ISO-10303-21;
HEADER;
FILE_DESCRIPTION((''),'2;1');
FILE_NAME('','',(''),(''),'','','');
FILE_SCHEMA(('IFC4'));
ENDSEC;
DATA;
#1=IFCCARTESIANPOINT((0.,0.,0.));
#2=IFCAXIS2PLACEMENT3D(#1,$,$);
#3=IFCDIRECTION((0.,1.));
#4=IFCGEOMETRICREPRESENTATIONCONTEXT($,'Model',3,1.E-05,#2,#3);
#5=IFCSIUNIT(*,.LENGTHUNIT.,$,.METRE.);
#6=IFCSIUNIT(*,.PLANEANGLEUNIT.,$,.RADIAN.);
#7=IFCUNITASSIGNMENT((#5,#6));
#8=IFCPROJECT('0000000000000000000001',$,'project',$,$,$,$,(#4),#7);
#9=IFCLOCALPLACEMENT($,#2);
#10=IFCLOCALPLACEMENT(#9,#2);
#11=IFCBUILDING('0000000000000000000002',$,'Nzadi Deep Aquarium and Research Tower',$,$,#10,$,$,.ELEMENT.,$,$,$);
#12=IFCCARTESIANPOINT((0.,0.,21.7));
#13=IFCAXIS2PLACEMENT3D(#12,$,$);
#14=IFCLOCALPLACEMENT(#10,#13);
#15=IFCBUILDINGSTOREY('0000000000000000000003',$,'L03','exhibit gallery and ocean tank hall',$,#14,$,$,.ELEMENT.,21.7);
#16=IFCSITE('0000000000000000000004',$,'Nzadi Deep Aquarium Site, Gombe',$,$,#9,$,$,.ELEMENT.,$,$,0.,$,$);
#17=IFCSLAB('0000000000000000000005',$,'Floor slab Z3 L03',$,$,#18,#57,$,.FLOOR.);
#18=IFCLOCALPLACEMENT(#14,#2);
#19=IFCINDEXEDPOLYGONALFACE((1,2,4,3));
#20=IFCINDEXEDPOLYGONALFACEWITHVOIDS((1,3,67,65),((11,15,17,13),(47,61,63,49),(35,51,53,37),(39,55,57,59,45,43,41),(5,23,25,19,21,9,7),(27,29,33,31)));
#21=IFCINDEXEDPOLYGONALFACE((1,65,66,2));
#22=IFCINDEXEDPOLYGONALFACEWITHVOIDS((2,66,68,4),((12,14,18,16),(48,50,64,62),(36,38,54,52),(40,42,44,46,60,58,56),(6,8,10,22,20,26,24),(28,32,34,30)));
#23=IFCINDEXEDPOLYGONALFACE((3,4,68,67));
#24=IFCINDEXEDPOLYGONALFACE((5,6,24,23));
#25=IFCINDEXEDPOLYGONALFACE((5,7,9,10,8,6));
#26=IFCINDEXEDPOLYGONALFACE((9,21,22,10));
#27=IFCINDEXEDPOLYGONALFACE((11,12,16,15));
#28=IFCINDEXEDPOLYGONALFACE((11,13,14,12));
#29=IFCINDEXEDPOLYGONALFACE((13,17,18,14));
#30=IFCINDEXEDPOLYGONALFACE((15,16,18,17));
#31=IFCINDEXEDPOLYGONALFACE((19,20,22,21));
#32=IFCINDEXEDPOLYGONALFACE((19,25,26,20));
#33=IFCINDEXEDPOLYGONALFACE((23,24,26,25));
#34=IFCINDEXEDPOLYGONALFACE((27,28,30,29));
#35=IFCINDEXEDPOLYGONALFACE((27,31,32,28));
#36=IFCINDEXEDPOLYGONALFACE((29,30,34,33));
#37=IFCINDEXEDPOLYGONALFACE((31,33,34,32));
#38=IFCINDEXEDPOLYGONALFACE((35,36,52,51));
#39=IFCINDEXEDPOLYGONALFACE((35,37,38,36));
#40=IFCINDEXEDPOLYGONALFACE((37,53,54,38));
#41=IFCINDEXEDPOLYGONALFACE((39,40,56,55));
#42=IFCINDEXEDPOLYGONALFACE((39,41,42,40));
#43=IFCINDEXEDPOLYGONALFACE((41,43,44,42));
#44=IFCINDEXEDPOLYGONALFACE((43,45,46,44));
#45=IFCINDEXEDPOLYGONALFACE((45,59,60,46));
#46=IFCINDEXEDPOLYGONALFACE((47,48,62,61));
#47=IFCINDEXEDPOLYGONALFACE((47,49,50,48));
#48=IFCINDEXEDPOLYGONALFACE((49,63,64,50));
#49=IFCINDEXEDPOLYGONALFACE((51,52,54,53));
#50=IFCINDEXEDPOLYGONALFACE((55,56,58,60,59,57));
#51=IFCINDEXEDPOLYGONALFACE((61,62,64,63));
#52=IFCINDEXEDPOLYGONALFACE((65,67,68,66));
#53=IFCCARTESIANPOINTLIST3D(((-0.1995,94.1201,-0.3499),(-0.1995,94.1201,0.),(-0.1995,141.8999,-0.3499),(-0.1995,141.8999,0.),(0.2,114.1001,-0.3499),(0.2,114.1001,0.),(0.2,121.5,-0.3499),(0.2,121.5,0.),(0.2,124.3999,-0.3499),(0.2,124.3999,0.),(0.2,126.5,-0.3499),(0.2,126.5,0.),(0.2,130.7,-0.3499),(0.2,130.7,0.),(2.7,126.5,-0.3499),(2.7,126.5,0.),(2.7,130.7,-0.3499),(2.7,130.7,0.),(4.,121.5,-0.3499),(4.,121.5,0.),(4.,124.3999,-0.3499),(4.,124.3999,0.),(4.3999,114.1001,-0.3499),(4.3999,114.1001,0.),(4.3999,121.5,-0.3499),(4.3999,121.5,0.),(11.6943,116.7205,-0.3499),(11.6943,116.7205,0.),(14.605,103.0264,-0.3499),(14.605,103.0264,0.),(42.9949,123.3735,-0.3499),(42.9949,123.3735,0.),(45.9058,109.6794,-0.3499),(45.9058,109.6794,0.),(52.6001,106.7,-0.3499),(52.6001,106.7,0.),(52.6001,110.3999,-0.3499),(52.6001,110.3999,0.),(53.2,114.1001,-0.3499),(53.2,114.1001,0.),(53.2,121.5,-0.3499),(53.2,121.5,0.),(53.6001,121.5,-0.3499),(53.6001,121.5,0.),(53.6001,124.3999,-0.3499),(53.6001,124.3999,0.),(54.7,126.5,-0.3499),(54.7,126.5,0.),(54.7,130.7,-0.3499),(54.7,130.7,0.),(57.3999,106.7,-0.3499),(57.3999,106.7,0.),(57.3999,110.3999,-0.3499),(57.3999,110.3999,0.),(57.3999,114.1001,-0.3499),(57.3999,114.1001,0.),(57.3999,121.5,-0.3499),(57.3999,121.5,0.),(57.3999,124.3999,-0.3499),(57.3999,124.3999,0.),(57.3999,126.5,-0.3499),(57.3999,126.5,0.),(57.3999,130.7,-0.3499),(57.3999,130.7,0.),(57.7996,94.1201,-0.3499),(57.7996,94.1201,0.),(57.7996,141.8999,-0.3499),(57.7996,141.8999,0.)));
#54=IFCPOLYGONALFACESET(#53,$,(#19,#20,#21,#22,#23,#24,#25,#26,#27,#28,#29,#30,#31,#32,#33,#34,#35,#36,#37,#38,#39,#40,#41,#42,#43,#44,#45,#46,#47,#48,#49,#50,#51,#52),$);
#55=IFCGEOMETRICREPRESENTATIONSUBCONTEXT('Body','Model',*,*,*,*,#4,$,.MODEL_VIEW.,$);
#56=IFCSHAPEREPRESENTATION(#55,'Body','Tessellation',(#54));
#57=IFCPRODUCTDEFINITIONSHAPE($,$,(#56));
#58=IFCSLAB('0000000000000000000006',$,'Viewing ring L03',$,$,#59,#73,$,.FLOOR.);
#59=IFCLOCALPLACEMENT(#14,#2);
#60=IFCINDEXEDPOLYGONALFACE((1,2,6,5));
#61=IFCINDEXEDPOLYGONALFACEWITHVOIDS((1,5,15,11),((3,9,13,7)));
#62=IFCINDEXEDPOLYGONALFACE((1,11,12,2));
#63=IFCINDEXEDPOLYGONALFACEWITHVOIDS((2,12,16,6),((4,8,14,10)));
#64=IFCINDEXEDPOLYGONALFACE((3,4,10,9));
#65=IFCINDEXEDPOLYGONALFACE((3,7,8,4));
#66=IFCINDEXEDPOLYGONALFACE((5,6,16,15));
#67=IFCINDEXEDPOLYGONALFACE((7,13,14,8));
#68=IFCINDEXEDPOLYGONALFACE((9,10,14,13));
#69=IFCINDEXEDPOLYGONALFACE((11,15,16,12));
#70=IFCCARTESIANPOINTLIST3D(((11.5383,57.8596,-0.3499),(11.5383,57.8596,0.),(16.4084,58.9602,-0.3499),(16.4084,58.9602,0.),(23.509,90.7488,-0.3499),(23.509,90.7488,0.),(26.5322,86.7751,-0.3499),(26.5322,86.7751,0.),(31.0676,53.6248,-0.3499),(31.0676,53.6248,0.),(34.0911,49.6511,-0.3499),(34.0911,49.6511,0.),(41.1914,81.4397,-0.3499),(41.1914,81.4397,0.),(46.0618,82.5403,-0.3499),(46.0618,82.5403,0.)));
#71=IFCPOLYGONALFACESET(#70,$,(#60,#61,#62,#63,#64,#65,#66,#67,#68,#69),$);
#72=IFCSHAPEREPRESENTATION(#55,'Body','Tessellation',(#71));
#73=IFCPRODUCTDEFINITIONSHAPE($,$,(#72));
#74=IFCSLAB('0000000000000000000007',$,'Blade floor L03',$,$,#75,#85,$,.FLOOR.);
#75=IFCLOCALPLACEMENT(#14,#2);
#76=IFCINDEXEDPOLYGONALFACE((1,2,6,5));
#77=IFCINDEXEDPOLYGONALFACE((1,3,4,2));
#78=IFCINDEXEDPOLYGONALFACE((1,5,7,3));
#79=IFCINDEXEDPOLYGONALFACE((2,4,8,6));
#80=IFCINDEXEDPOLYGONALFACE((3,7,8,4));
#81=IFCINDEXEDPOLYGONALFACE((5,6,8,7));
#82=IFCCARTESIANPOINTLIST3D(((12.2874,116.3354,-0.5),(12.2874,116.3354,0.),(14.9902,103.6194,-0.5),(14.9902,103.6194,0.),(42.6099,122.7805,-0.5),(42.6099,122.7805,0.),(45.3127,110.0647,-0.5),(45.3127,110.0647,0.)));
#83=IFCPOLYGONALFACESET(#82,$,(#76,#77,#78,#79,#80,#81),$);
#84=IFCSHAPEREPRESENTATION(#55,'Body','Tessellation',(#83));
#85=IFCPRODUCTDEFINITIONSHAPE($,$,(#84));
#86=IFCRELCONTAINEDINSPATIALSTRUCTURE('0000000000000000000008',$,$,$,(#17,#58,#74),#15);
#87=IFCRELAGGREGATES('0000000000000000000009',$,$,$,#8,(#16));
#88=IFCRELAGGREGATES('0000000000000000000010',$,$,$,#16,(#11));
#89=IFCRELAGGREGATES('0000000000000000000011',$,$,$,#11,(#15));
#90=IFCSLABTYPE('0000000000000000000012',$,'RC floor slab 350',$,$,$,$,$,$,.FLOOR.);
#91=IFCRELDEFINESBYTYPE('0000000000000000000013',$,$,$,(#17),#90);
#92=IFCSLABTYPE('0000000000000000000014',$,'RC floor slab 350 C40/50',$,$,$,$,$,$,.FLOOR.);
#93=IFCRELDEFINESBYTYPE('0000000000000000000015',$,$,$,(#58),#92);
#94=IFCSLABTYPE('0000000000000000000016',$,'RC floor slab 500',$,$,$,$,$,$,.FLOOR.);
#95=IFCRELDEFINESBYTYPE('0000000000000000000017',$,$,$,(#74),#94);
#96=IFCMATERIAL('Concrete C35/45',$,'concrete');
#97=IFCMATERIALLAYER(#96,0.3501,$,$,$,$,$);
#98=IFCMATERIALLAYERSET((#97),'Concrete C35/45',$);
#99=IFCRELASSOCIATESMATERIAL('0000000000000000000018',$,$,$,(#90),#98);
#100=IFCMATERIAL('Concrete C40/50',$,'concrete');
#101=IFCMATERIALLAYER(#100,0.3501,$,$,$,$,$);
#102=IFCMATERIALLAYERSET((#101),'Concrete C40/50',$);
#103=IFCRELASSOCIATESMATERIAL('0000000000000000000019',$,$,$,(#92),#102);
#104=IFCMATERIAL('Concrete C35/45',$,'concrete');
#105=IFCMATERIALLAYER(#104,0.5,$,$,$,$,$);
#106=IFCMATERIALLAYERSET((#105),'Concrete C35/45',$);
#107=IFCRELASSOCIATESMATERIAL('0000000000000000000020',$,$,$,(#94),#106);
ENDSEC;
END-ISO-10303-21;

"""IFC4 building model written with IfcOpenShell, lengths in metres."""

from ifc_helpers import new_model, si_unit, direction, frame, origin, place, context, subcontext, project, spatial, polyline, outline, extrude, material, layer, layer_set, type_object, element, save


model = new_model("IFC4")

# Units and contexts
model_context = context("Model", 3, precision=1e-05, world=origin(), true_north=direction((0.0, 1.0)))
body_context = subcontext(model_context, "Body", "Model", "MODEL_VIEW")
ifc_project = project(units=[si_unit("LENGTHUNIT", "METRE"), si_unit("PLANEANGLEUNIT", "RADIAN")], contexts=[model_context])

# Site, building, storey
site_placement = place(None, origin())
site = spatial("IfcSite", under=ifc_project, at=site_placement, Name="Nzadi Deep Aquarium Site, Gombe", CompositionType="ELEMENT", RefElevation=0.0)
building_placement = place(site_placement, origin())
building = spatial("IfcBuilding", under=site, at=building_placement, Name="Nzadi Deep Aquarium and Research Tower", CompositionType="ELEMENT")
storey_placement = place(building_placement, frame((0.0, 0.0, 21.7)))
storey = spatial("IfcBuildingStorey", under=building, at=storey_placement, Name="L03", Description="exhibit gallery and ocean tank hall", CompositionType="ELEMENT", Elevation=21.7)

# Slabs
ifc_material_1 = material(Name="Concrete C35/45", Category="concrete")
ifc_layer_1 = layer(ifc_material_1, 0.3501)
ifc_layer_set_1 = layer_set([ifc_layer_1], Name="Concrete C35/45")
slab_type_1 = type_object("IfcSlabType", Name="RC floor slab 350", PredefinedType="FLOOR", material=ifc_layer_set_1)
slab_1_placement = place(storey_placement, frame((0.0, 0.0, -0.3499)))
element("IfcSlab", 1, at=slab_1_placement, inside=storey, type_object=slab_type_1, Name="Floor slab Z3 L03", PredefinedType="FLOOR", context=body_context, shape_type="SweptSolid", body=[
    extrude(outline(polyline([(57.7996, 94.1201), (57.7996, 141.8999), (-0.1995, 141.8999), (-0.1995, 94.1201), (57.7996, 94.1201)]), holes=[polyline([(0.2, 124.3999), (4.0, 124.3999), (4.0, 121.5), (4.3999, 121.5), (4.3999, 114.1001), (0.2, 114.1001), (0.2, 121.5), (0.2, 124.3999)]), polyline([(53.6001, 124.3999), (57.3999, 124.3999), (57.3999, 121.5), (57.3999, 114.1001), (53.2, 114.1001), (53.2, 121.5), (53.6001, 121.5), (53.6001, 124.3999)]), polyline([(57.3999, 106.7), (52.6001, 106.7), (52.6001, 110.3999), (57.3999, 110.3999), (57.3999, 106.7)]), polyline([(0.2, 126.5), (0.2, 130.7), (2.7, 130.7), (2.7, 126.5), (0.2, 126.5)]), polyline([(54.7, 130.7), (57.3999, 130.7), (57.3999, 126.5), (54.7, 126.5), (54.7, 130.7)]), polyline([(45.9058, 109.6794), (14.605, 103.0264), (11.6943, 116.7205), (42.9949, 123.3735), (45.9058, 109.6794)])]), origin(), (0.0, 0.0, 1.0), 0.3499),
])
ifc_material_2 = material(Name="Concrete C40/50", Category="concrete")
ifc_layer_2 = layer(ifc_material_2, 0.3501)
ifc_layer_set_2 = layer_set([ifc_layer_2], Name="Concrete C40/50")
slab_type_2 = type_object("IfcSlabType", Name="RC floor slab 350 C40/50", PredefinedType="FLOOR", material=ifc_layer_set_2)
slab_2_placement = place(storey_placement, frame((0.0, 0.0, -0.3499)))
element("IfcSlab", 2, at=slab_2_placement, inside=storey, type_object=slab_type_2, Name="Viewing ring L03", PredefinedType="FLOOR", context=body_context, shape_type="SweptSolid", body=[
    extrude(outline(polyline([(23.509, 90.7488), (11.5383, 57.8596), (34.0911, 49.6511), (46.0618, 82.5403), (23.509, 90.7488)]), holes=[polyline([(31.0676, 53.6248), (16.4084, 58.9602), (26.5322, 86.7751), (41.1914, 81.4397), (31.0676, 53.6248)])]), origin(), (0.0, 0.0, 1.0), 0.3499),
])
ifc_material_3 = material(Name="Concrete C35/45", Category="concrete")
ifc_layer_3 = layer(ifc_material_3, 0.5)
ifc_layer_set_3 = layer_set([ifc_layer_3], Name="Concrete C35/45")
slab_type_3 = type_object("IfcSlabType", Name="RC floor slab 500", PredefinedType="FLOOR", material=ifc_layer_set_3)
slab_3_placement = place(storey_placement, frame((0.0, 0.0, -0.5)))
element("IfcSlab", 3, at=slab_3_placement, inside=storey, type_object=slab_type_3, Name="Blade floor L03", PredefinedType="FLOOR", context=body_context, shape_type="SweptSolid", body=[
    extrude(outline(polyline([(14.9902, 103.6194), (45.3127, 110.0647), (42.6099, 122.7805), (12.2874, 116.3354), (14.9902, 103.6194)])), origin(), (0.0, 0.0, 1.0), 0.5),
])

save(model, "model.ifc")
